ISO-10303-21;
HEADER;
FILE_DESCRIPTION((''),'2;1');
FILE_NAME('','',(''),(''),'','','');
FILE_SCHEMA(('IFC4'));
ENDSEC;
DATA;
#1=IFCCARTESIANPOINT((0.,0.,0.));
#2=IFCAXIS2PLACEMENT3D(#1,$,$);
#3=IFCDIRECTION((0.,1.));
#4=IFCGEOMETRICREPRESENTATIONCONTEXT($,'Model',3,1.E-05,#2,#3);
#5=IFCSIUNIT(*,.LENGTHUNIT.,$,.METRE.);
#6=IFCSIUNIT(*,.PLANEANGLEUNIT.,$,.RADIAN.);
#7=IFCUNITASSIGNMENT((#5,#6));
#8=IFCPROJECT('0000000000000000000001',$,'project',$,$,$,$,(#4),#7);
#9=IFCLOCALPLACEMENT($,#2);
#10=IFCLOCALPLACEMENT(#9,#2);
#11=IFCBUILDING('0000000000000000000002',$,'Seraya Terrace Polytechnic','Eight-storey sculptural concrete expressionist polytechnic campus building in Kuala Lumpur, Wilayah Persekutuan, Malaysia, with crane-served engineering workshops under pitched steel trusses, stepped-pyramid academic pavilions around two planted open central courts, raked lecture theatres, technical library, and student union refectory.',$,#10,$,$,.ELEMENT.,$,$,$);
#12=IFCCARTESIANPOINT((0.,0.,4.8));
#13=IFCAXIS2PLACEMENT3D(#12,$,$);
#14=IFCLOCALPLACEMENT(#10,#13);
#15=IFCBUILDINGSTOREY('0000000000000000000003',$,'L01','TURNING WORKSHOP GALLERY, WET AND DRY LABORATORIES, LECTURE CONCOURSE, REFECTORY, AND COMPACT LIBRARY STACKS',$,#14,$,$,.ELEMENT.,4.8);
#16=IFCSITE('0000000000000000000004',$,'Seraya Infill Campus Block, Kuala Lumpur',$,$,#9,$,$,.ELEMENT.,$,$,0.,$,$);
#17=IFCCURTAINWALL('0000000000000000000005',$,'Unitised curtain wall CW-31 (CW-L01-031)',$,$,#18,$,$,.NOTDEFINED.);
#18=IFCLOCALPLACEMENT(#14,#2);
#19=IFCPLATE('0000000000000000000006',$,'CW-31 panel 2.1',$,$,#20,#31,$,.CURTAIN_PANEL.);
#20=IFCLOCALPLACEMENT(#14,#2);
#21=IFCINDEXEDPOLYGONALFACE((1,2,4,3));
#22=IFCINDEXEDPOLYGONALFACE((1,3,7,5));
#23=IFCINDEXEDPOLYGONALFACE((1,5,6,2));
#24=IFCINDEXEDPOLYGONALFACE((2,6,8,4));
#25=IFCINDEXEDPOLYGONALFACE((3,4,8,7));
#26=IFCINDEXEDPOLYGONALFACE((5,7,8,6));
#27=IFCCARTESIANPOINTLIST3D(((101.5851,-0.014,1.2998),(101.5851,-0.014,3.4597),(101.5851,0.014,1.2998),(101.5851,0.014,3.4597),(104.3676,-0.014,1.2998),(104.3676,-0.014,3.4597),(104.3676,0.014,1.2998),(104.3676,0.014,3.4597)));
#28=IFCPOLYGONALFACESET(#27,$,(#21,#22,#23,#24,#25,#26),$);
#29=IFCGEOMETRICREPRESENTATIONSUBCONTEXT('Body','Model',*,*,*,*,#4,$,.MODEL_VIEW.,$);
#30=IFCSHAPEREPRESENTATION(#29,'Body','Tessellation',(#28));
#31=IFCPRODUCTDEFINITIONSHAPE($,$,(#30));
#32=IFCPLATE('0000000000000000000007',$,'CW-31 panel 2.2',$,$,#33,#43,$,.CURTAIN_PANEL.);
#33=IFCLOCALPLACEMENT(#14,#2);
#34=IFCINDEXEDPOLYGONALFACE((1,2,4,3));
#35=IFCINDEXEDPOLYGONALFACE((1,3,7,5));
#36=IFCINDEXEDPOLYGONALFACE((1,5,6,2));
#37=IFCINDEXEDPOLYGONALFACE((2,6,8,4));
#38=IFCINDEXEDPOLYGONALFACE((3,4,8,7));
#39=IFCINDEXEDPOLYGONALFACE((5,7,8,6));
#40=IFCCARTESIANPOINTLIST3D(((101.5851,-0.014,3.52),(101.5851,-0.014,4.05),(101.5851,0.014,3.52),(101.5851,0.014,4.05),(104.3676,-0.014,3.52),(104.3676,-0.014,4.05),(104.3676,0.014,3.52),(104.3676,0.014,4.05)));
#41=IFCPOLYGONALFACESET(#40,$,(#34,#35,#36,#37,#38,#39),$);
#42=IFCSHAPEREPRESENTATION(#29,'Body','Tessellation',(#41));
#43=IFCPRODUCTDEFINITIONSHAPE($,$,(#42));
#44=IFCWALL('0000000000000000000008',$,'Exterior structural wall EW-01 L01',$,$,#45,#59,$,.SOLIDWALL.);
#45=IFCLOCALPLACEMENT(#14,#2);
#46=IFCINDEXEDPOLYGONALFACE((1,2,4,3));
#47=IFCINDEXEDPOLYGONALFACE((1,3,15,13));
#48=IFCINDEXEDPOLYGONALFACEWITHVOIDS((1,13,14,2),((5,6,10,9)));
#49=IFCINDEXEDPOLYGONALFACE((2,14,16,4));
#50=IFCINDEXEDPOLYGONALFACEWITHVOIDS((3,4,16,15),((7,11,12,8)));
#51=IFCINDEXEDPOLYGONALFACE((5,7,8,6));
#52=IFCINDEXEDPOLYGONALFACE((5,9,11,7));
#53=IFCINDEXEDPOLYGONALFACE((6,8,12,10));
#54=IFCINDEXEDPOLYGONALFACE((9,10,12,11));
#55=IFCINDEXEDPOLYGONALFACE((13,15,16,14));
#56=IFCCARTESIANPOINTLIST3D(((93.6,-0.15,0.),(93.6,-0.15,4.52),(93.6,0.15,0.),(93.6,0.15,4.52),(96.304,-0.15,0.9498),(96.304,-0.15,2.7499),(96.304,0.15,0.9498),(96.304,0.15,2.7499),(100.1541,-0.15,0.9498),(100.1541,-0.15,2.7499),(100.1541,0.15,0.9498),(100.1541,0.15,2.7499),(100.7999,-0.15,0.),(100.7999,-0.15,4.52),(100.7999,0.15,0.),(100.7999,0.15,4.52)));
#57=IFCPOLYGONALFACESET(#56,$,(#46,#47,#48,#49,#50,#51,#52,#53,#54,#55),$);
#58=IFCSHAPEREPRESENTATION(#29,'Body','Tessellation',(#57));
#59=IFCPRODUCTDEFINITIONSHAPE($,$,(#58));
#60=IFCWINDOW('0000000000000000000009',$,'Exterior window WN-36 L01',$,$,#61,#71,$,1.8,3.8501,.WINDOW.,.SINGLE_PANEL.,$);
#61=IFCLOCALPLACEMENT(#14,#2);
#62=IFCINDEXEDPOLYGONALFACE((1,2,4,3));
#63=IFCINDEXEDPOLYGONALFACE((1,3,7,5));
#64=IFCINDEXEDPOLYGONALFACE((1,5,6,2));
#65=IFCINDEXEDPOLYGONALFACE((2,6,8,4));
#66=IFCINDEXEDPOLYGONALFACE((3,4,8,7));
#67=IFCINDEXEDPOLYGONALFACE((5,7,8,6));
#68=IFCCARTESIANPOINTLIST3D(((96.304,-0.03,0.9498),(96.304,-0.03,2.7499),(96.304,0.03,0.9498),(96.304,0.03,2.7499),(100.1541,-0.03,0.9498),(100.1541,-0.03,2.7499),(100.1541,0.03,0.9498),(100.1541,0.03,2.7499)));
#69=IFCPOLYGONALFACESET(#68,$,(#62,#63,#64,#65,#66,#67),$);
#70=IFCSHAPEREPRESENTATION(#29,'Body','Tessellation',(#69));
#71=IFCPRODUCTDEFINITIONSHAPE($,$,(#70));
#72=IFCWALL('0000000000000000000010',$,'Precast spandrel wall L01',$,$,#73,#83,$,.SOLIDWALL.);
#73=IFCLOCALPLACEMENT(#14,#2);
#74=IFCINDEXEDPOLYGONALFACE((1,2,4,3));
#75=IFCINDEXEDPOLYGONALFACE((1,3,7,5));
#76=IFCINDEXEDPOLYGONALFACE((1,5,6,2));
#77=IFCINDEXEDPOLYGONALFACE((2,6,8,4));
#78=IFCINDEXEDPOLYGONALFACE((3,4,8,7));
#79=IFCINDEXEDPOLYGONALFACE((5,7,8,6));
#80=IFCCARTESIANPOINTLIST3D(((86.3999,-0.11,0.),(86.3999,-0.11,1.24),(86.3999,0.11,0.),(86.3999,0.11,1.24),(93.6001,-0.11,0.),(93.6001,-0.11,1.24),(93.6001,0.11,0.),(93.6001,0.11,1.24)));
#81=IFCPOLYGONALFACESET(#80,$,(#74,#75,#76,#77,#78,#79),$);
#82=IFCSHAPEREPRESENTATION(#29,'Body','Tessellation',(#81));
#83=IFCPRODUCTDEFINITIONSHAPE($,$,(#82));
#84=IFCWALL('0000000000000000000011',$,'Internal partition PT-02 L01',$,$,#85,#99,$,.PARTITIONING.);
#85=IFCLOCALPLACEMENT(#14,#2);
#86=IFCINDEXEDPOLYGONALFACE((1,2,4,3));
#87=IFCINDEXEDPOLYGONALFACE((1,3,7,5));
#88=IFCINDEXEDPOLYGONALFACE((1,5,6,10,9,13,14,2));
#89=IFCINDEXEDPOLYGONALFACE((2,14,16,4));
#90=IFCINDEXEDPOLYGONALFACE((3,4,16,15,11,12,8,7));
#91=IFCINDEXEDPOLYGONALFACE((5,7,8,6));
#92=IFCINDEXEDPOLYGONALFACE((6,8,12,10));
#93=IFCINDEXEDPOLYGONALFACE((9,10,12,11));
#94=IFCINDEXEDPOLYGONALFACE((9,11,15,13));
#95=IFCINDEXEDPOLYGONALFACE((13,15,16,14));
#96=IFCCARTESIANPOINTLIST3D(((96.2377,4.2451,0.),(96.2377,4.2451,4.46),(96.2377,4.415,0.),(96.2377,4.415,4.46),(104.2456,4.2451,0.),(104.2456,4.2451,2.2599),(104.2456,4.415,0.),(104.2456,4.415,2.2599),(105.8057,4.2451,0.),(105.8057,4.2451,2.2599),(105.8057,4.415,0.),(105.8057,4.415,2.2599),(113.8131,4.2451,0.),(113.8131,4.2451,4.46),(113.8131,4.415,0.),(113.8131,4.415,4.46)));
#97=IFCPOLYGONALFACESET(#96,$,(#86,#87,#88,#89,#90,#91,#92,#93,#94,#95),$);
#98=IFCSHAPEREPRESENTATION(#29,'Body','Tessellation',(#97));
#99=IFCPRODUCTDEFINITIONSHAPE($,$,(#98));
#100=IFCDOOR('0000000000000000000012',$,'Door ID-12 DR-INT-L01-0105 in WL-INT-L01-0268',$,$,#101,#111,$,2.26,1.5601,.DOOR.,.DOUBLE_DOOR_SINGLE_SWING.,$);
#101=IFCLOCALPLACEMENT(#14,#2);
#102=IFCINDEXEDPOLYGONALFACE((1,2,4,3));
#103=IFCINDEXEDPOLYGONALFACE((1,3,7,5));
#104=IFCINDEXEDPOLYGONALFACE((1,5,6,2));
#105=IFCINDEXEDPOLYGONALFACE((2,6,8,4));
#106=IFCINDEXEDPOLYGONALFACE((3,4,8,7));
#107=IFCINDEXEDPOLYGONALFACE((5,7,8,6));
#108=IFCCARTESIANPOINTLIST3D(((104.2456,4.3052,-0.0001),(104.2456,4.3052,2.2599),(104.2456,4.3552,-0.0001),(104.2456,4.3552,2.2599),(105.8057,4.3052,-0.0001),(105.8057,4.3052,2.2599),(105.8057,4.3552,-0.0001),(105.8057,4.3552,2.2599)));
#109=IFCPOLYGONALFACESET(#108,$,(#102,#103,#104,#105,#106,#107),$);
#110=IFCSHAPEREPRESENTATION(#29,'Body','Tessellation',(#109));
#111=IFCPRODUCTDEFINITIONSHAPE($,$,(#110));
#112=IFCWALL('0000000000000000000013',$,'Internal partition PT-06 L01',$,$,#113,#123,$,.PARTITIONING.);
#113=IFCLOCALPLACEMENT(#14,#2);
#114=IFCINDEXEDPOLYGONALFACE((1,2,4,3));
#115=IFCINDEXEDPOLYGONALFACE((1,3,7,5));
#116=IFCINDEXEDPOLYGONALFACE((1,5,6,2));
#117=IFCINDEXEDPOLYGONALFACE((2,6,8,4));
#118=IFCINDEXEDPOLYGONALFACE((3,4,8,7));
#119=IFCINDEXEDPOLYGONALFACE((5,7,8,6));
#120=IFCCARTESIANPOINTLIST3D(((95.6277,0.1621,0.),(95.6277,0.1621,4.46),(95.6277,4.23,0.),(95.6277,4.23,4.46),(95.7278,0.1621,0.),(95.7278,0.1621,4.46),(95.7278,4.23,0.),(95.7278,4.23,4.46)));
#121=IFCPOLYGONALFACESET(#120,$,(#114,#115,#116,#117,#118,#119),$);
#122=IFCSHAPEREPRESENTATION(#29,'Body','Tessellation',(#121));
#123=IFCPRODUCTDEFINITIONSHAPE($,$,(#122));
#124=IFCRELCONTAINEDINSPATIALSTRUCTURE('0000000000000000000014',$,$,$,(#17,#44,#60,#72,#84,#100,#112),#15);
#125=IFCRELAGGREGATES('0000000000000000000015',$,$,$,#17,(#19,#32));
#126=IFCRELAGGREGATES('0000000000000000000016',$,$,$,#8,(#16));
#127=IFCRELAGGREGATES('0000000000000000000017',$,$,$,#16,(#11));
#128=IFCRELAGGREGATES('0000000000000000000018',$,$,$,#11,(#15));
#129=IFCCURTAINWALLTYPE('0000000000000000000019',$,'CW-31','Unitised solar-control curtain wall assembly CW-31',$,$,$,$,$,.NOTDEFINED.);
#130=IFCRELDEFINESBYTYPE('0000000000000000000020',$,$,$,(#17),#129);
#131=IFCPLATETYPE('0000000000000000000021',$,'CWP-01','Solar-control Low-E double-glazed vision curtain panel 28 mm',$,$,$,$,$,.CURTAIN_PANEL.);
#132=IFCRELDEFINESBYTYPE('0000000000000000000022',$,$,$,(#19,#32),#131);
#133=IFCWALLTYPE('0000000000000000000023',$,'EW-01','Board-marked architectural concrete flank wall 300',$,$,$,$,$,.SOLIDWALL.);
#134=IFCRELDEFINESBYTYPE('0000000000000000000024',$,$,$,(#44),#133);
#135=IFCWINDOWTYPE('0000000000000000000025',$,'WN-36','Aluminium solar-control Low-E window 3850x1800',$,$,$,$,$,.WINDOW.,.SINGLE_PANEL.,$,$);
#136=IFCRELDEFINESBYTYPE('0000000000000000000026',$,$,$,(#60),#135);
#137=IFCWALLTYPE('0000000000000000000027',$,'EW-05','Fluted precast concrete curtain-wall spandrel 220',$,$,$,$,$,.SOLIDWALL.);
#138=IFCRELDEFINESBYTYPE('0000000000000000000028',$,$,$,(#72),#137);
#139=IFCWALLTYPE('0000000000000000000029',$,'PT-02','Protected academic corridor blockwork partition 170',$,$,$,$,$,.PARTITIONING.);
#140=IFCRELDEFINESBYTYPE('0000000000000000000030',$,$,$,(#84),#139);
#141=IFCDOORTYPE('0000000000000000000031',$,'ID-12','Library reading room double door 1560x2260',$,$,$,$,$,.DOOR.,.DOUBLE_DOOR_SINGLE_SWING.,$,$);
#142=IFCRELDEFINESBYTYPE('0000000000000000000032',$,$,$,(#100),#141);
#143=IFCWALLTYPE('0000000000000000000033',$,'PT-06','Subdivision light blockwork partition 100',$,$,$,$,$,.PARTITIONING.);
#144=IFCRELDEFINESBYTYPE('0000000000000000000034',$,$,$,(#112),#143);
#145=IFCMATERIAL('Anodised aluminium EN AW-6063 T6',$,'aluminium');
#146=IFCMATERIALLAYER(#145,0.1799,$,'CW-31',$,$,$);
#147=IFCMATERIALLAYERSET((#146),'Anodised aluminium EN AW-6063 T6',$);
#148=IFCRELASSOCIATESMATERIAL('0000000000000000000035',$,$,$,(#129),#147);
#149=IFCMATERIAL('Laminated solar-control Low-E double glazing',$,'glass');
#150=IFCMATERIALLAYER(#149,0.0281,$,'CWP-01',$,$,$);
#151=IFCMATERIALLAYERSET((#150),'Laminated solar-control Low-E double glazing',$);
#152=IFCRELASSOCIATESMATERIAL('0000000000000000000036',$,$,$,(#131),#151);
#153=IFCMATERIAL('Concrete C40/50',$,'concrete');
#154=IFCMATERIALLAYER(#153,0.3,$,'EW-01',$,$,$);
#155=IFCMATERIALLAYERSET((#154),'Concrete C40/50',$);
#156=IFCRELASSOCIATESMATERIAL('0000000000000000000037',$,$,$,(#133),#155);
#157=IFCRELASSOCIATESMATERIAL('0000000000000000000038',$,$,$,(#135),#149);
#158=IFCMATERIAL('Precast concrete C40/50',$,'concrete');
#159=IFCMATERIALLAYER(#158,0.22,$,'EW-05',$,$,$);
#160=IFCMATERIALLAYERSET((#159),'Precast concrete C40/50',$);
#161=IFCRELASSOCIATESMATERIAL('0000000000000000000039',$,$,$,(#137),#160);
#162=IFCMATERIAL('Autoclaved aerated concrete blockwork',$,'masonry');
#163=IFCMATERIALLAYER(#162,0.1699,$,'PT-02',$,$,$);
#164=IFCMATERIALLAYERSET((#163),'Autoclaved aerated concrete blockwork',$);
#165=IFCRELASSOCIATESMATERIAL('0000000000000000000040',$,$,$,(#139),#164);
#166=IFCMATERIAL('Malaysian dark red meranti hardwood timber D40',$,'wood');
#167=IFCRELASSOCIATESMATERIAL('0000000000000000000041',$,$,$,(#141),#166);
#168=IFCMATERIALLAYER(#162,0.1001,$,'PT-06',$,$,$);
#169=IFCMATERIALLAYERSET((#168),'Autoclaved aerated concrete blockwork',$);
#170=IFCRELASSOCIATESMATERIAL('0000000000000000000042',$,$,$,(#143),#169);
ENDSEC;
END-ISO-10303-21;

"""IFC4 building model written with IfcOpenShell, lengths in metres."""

from ifc_helpers import new_model, si_unit, direction, frame, frame_2d, origin, origin_2d, place, context, subcontext, project, spatial, rectangle, extrude, material, layer, layer_set, type_object, element, fill, aggregate, save


model = new_model("IFC4")

# Units and contexts
model_context = context("Model", 3, precision=1e-05, world=origin(), true_north=direction((0.0, 1.0)))
body_context = subcontext(model_context, "Body", "Model", "MODEL_VIEW")
ifc_project = project(units=[si_unit("LENGTHUNIT", "METRE"), si_unit("PLANEANGLEUNIT", "RADIAN")], contexts=[model_context])

# Site, building, storey
site_placement = place(None, origin())
site = spatial("IfcSite", under=ifc_project, at=site_placement, Name="Seraya Infill Campus Block, Kuala Lumpur", CompositionType="ELEMENT", RefElevation=0.0)
building_placement = place(site_placement, origin())
building = spatial("IfcBuilding", under=site, at=building_placement, Name="Seraya Terrace Polytechnic", Description="Eight-storey sculptural concrete expressionist polytechnic campus building in Kuala Lumpur, Wilayah Persekutuan, Malaysia, with crane-served engineering workshops under pitched steel trusses, stepped-pyramid academic pavilions around two planted open central courts, raked lecture theatres, technical library, and student union refectory.", CompositionType="ELEMENT")
storey_placement = place(building_placement, frame((0.0, 0.0, 4.8)))
storey = spatial("IfcBuildingStorey", under=building, at=storey_placement, Name="L01", Description="TURNING WORKSHOP GALLERY, WET AND DRY LABORATORIES, LECTURE CONCOURSE, REFECTORY, AND COMPACT LIBRARY STACKS", CompositionType="ELEMENT", Elevation=4.8)

# Shared definitions
ifc_material_1 = material(Name="Concrete C40/50", Category="concrete")

# Curtain wall
ifc_material_2 = material(Name="Anodised aluminium EN AW-6063 T6", Category="aluminium")
ifc_layer_1 = layer(ifc_material_2, 0.1799, Name="CW-31")
ifc_layer_set_1 = layer_set([ifc_layer_1], Name="Anodised aluminium EN AW-6063 T6")
curtain_wall_type = type_object("IfcCurtainWallType", Name="CW-31", Description="Unitised solar-control curtain wall assembly CW-31", PredefinedType="NOTDEFINED", material=ifc_layer_set_1)
curtain_wall_placement = place(storey_placement, origin())
curtain_wall = element("IfcCurtainWall", 1, at=curtain_wall_placement, inside=storey, type_object=curtain_wall_type, Name="Unitised curtain wall CW-31 (CW-L01-031)", PredefinedType="NOTDEFINED")

# Plates
ifc_material_3 = material(Name="Laminated solar-control Low-E double glazing", Category="glass")
ifc_layer_2 = layer(ifc_material_3, 0.0281, Name="CWP-01")
ifc_layer_set_2 = layer_set([ifc_layer_2], Name="Laminated solar-control Low-E double glazing")
plate_type = type_object("IfcPlateType", Name="CWP-01", Description="Solar-control Low-E double-glazed vision curtain panel 28 mm", PredefinedType="CURTAIN_PANEL", material=ifc_layer_set_2)
plate_1_placement = place(storey_placement, frame((102.9763, 0.0, 1.2998), z_axis=(0.0, 0.0, 1.0), x_axis=(-1.0, 0.0, 0.0)))
plate_1 = element("IfcPlate", 2, at=plate_1_placement, type_object=plate_type, Name="CW-31 panel 2.1", PredefinedType="CURTAIN_PANEL", context=body_context, shape_type="SweptSolid", body=[
    extrude(rectangle(XDim=2.7825, YDim=0.0281, at=origin_2d()), origin(), (0.0, 0.0, 1.0), 2.1599),
])
plate_2_placement = place(storey_placement, frame((102.9763, 0.0, 3.52), z_axis=(0.0, 0.0, 1.0), x_axis=(-1.0, 0.0, 0.0)))
plate_2 = element("IfcPlate", 3, at=plate_2_placement, type_object=plate_type, Name="CW-31 panel 2.2", PredefinedType="CURTAIN_PANEL", context=body_context, shape_type="SweptSolid", body=[
    extrude(rectangle(XDim=2.7825, YDim=0.0281, at=origin_2d()), origin(), (0.0, 0.0, 1.0), 0.53),
])
aggregate(curtain_wall, [plate_1, plate_2])

# Wall, opening, window
ifc_layer_3 = layer(ifc_material_1, 0.3, Name="EW-01")
ifc_layer_set_3 = layer_set([ifc_layer_3], Name="Concrete C40/50")
wall_type_1 = type_object("IfcWallType", Name="EW-01", Description="Board-marked architectural concrete flank wall 300", PredefinedType="SOLIDWALL", material=ifc_layer_set_3)
wall_1_placement = place(storey_placement, frame((100.8, 0.0, 0.0), z_axis=(0.0, 0.0, 1.0), x_axis=(-1.0, 0.0, 0.0)))
wall_1 = element("IfcWall", 4, at=wall_1_placement, inside=storey, type_object=wall_type_1, Name="Exterior structural wall EW-01 L01", PredefinedType="SOLIDWALL", context=body_context, shape_type="SweptSolid", body=[
    extrude(rectangle(XDim=7.2, YDim=0.3, at=frame_2d((3.6001, 0.0))), origin(), (0.0, 0.0, 1.0), 4.52),
])
opening_1_placement = place(wall_1_placement, frame((0.646, 0.0, 0.95)))
opening_1 = element("IfcOpeningElement", 5, at=opening_1_placement, cuts=wall_1, PredefinedType="OPENING", context=body_context, shape_type="SweptSolid", body=[
    extrude(rectangle(XDim=3.8501, YDim=1.8, at=frame_2d((1.925, 0.8999))), frame((0.0, 0.1621, 0.0), z_axis=(0.0, -1.0, 0.0), x_axis=(1.0, 0.0, 0.0)), (0.0, 0.0, 1.0), 0.324),
])
window_type = type_object("IfcWindowType", Name="WN-36", Description="Aluminium solar-control Low-E window 3850x1800", PartitioningType="SINGLE_PANEL", PredefinedType="WINDOW", material=ifc_material_3)
window_placement = place(opening_1_placement, origin())
window = element("IfcWindow", 6, at=window_placement, inside=storey, type_object=window_type, Name="Exterior window WN-36 L01", OverallHeight=1.8, OverallWidth=3.8501, PartitioningType="SINGLE_PANEL", PredefinedType="WINDOW", context=body_context, shape_type="SweptSolid", body=[
    extrude(rectangle(XDim=3.8501, YDim=1.8, at=frame_2d((1.925, 0.8999))), frame((0.0, 0.03, 0.0), z_axis=(0.0, -1.0, 0.0), x_axis=(1.0, 0.0, 0.0)), (0.0, 0.0, 1.0), 0.0601),
])
fill(opening_1, window)

# Wall
ifc_material_4 = material(Name="Precast concrete C40/50", Category="concrete")
ifc_layer_4 = layer(ifc_material_4, 0.22, Name="EW-05")
ifc_layer_set_4 = layer_set([ifc_layer_4], Name="Precast concrete C40/50")
wall_type_2 = type_object("IfcWallType", Name="EW-05", Description="Fluted precast concrete curtain-wall spandrel 220", PredefinedType="SOLIDWALL", material=ifc_layer_set_4)
wall_2_placement = place(storey_placement, frame((93.6001, 0.0, 0.0), z_axis=(0.0, 0.0, 1.0), x_axis=(-1.0, 0.0, 0.0)))
element("IfcWall", 7, at=wall_2_placement, inside=storey, type_object=wall_type_2, Name="Precast spandrel wall L01", PredefinedType="SOLIDWALL", context=body_context, shape_type="SweptSolid", body=[
    extrude(rectangle(XDim=7.2002, YDim=0.22, at=frame_2d((3.6001, 0.0))), origin(), (0.0, 0.0, 1.0), 1.24),
])

# Wall, opening, door
ifc_material_5 = material(Name="Autoclaved aerated concrete blockwork", Category="masonry")
ifc_layer_5 = layer(ifc_material_5, 0.1699, Name="PT-02")
ifc_layer_set_5 = layer_set([ifc_layer_5], Name="Autoclaved aerated concrete blockwork")
wall_type_3 = type_object("IfcWallType", Name="PT-02", Description="Protected academic corridor blockwork partition 170", PredefinedType="PARTITIONING", material=ifc_layer_set_5)
wall_3_placement = place(storey_placement, frame((96.2378, 4.3301, 0.0), z_axis=(0.0, 0.0, 1.0), x_axis=(1.0, 0.0, 0.0)))
wall_3 = element("IfcWall", 8, at=wall_3_placement, inside=storey, type_object=wall_type_3, Name="Internal partition PT-02 L01", PredefinedType="PARTITIONING", context=body_context, shape_type="SweptSolid", body=[
    extrude(rectangle(XDim=17.5754, YDim=0.1699, at=frame_2d((8.7876, 0.0))), origin(), (0.0, 0.0, 1.0), 4.46),
])
opening_2_placement = place(wall_3_placement, frame((8.0078, 0.0, 0.0)))
opening_2 = element("IfcOpeningElement", 9, at=opening_2_placement, cuts=wall_3, PredefinedType="OPENING", context=body_context, shape_type="SweptSolid", body=[
    extrude(rectangle(XDim=1.5601, YDim=2.26, at=frame_2d((0.78, 1.1299))), frame((0.0, 0.0969, 0.0), z_axis=(0.0, -1.0, 0.0), x_axis=(1.0, 0.0, 0.0)), (0.0, 0.0, 1.0), 0.1938),
])
ifc_material_6 = material(Name="Malaysian dark red meranti hardwood timber D40", Category="wood")
door_type = type_object("IfcDoorType", Name="ID-12", Description="Library reading room double door 1560x2260", OperationType="DOUBLE_DOOR_SINGLE_SWING", PredefinedType="DOOR", material=ifc_material_6)
door_placement = place(opening_2_placement, frame((1.5601, 0.0, 0.0), z_axis=(0.0, 0.0, 1.0), x_axis=(-1.0, 0.0, 0.0)))
door = element("IfcDoor", 10, at=door_placement, inside=storey, type_object=door_type, Name="Door ID-12 DR-INT-L01-0105 in WL-INT-L01-0268", OperationType="DOUBLE_DOOR_SINGLE_SWING", OverallHeight=2.26, OverallWidth=1.5601, PredefinedType="DOOR", context=body_context, shape_type="SweptSolid", body=[
    extrude(rectangle(XDim=1.5601, YDim=2.26, at=frame_2d((0.78, 1.1299))), frame((0.0, 0.0249, 0.0), z_axis=(0.0, -1.0, 0.0), x_axis=(1.0, 0.0, 0.0)), (0.0, 0.0, 1.0), 0.05),
])
fill(opening_2, door)

# Wall
ifc_layer_6 = layer(ifc_material_5, 0.1001, Name="PT-06")
ifc_layer_set_6 = layer_set([ifc_layer_6], Name="Autoclaved aerated concrete blockwork")
wall_type_4 = type_object("IfcWallType", Name="PT-06", Description="Subdivision light blockwork partition 100", PredefinedType="PARTITIONING", material=ifc_layer_set_6)
wall_4_placement = place(storey_placement, frame((95.6777, 0.1621, 0.0), z_axis=(0.0, 0.0, 1.0), x_axis=(0.0, 1.0, 0.0)))
element("IfcWall", 11, at=wall_4_placement, inside=storey, type_object=wall_type_4, Name="Internal partition PT-06 L01", PredefinedType="PARTITIONING", context=body_context, shape_type="SweptSolid", body=[
    extrude(rectangle(XDim=4.0679, YDim=0.1001, at=frame_2d((2.0339, 0.0))), origin(), (0.0, 0.0, 1.0), 4.46),
])

save(model, "model.ifc")
